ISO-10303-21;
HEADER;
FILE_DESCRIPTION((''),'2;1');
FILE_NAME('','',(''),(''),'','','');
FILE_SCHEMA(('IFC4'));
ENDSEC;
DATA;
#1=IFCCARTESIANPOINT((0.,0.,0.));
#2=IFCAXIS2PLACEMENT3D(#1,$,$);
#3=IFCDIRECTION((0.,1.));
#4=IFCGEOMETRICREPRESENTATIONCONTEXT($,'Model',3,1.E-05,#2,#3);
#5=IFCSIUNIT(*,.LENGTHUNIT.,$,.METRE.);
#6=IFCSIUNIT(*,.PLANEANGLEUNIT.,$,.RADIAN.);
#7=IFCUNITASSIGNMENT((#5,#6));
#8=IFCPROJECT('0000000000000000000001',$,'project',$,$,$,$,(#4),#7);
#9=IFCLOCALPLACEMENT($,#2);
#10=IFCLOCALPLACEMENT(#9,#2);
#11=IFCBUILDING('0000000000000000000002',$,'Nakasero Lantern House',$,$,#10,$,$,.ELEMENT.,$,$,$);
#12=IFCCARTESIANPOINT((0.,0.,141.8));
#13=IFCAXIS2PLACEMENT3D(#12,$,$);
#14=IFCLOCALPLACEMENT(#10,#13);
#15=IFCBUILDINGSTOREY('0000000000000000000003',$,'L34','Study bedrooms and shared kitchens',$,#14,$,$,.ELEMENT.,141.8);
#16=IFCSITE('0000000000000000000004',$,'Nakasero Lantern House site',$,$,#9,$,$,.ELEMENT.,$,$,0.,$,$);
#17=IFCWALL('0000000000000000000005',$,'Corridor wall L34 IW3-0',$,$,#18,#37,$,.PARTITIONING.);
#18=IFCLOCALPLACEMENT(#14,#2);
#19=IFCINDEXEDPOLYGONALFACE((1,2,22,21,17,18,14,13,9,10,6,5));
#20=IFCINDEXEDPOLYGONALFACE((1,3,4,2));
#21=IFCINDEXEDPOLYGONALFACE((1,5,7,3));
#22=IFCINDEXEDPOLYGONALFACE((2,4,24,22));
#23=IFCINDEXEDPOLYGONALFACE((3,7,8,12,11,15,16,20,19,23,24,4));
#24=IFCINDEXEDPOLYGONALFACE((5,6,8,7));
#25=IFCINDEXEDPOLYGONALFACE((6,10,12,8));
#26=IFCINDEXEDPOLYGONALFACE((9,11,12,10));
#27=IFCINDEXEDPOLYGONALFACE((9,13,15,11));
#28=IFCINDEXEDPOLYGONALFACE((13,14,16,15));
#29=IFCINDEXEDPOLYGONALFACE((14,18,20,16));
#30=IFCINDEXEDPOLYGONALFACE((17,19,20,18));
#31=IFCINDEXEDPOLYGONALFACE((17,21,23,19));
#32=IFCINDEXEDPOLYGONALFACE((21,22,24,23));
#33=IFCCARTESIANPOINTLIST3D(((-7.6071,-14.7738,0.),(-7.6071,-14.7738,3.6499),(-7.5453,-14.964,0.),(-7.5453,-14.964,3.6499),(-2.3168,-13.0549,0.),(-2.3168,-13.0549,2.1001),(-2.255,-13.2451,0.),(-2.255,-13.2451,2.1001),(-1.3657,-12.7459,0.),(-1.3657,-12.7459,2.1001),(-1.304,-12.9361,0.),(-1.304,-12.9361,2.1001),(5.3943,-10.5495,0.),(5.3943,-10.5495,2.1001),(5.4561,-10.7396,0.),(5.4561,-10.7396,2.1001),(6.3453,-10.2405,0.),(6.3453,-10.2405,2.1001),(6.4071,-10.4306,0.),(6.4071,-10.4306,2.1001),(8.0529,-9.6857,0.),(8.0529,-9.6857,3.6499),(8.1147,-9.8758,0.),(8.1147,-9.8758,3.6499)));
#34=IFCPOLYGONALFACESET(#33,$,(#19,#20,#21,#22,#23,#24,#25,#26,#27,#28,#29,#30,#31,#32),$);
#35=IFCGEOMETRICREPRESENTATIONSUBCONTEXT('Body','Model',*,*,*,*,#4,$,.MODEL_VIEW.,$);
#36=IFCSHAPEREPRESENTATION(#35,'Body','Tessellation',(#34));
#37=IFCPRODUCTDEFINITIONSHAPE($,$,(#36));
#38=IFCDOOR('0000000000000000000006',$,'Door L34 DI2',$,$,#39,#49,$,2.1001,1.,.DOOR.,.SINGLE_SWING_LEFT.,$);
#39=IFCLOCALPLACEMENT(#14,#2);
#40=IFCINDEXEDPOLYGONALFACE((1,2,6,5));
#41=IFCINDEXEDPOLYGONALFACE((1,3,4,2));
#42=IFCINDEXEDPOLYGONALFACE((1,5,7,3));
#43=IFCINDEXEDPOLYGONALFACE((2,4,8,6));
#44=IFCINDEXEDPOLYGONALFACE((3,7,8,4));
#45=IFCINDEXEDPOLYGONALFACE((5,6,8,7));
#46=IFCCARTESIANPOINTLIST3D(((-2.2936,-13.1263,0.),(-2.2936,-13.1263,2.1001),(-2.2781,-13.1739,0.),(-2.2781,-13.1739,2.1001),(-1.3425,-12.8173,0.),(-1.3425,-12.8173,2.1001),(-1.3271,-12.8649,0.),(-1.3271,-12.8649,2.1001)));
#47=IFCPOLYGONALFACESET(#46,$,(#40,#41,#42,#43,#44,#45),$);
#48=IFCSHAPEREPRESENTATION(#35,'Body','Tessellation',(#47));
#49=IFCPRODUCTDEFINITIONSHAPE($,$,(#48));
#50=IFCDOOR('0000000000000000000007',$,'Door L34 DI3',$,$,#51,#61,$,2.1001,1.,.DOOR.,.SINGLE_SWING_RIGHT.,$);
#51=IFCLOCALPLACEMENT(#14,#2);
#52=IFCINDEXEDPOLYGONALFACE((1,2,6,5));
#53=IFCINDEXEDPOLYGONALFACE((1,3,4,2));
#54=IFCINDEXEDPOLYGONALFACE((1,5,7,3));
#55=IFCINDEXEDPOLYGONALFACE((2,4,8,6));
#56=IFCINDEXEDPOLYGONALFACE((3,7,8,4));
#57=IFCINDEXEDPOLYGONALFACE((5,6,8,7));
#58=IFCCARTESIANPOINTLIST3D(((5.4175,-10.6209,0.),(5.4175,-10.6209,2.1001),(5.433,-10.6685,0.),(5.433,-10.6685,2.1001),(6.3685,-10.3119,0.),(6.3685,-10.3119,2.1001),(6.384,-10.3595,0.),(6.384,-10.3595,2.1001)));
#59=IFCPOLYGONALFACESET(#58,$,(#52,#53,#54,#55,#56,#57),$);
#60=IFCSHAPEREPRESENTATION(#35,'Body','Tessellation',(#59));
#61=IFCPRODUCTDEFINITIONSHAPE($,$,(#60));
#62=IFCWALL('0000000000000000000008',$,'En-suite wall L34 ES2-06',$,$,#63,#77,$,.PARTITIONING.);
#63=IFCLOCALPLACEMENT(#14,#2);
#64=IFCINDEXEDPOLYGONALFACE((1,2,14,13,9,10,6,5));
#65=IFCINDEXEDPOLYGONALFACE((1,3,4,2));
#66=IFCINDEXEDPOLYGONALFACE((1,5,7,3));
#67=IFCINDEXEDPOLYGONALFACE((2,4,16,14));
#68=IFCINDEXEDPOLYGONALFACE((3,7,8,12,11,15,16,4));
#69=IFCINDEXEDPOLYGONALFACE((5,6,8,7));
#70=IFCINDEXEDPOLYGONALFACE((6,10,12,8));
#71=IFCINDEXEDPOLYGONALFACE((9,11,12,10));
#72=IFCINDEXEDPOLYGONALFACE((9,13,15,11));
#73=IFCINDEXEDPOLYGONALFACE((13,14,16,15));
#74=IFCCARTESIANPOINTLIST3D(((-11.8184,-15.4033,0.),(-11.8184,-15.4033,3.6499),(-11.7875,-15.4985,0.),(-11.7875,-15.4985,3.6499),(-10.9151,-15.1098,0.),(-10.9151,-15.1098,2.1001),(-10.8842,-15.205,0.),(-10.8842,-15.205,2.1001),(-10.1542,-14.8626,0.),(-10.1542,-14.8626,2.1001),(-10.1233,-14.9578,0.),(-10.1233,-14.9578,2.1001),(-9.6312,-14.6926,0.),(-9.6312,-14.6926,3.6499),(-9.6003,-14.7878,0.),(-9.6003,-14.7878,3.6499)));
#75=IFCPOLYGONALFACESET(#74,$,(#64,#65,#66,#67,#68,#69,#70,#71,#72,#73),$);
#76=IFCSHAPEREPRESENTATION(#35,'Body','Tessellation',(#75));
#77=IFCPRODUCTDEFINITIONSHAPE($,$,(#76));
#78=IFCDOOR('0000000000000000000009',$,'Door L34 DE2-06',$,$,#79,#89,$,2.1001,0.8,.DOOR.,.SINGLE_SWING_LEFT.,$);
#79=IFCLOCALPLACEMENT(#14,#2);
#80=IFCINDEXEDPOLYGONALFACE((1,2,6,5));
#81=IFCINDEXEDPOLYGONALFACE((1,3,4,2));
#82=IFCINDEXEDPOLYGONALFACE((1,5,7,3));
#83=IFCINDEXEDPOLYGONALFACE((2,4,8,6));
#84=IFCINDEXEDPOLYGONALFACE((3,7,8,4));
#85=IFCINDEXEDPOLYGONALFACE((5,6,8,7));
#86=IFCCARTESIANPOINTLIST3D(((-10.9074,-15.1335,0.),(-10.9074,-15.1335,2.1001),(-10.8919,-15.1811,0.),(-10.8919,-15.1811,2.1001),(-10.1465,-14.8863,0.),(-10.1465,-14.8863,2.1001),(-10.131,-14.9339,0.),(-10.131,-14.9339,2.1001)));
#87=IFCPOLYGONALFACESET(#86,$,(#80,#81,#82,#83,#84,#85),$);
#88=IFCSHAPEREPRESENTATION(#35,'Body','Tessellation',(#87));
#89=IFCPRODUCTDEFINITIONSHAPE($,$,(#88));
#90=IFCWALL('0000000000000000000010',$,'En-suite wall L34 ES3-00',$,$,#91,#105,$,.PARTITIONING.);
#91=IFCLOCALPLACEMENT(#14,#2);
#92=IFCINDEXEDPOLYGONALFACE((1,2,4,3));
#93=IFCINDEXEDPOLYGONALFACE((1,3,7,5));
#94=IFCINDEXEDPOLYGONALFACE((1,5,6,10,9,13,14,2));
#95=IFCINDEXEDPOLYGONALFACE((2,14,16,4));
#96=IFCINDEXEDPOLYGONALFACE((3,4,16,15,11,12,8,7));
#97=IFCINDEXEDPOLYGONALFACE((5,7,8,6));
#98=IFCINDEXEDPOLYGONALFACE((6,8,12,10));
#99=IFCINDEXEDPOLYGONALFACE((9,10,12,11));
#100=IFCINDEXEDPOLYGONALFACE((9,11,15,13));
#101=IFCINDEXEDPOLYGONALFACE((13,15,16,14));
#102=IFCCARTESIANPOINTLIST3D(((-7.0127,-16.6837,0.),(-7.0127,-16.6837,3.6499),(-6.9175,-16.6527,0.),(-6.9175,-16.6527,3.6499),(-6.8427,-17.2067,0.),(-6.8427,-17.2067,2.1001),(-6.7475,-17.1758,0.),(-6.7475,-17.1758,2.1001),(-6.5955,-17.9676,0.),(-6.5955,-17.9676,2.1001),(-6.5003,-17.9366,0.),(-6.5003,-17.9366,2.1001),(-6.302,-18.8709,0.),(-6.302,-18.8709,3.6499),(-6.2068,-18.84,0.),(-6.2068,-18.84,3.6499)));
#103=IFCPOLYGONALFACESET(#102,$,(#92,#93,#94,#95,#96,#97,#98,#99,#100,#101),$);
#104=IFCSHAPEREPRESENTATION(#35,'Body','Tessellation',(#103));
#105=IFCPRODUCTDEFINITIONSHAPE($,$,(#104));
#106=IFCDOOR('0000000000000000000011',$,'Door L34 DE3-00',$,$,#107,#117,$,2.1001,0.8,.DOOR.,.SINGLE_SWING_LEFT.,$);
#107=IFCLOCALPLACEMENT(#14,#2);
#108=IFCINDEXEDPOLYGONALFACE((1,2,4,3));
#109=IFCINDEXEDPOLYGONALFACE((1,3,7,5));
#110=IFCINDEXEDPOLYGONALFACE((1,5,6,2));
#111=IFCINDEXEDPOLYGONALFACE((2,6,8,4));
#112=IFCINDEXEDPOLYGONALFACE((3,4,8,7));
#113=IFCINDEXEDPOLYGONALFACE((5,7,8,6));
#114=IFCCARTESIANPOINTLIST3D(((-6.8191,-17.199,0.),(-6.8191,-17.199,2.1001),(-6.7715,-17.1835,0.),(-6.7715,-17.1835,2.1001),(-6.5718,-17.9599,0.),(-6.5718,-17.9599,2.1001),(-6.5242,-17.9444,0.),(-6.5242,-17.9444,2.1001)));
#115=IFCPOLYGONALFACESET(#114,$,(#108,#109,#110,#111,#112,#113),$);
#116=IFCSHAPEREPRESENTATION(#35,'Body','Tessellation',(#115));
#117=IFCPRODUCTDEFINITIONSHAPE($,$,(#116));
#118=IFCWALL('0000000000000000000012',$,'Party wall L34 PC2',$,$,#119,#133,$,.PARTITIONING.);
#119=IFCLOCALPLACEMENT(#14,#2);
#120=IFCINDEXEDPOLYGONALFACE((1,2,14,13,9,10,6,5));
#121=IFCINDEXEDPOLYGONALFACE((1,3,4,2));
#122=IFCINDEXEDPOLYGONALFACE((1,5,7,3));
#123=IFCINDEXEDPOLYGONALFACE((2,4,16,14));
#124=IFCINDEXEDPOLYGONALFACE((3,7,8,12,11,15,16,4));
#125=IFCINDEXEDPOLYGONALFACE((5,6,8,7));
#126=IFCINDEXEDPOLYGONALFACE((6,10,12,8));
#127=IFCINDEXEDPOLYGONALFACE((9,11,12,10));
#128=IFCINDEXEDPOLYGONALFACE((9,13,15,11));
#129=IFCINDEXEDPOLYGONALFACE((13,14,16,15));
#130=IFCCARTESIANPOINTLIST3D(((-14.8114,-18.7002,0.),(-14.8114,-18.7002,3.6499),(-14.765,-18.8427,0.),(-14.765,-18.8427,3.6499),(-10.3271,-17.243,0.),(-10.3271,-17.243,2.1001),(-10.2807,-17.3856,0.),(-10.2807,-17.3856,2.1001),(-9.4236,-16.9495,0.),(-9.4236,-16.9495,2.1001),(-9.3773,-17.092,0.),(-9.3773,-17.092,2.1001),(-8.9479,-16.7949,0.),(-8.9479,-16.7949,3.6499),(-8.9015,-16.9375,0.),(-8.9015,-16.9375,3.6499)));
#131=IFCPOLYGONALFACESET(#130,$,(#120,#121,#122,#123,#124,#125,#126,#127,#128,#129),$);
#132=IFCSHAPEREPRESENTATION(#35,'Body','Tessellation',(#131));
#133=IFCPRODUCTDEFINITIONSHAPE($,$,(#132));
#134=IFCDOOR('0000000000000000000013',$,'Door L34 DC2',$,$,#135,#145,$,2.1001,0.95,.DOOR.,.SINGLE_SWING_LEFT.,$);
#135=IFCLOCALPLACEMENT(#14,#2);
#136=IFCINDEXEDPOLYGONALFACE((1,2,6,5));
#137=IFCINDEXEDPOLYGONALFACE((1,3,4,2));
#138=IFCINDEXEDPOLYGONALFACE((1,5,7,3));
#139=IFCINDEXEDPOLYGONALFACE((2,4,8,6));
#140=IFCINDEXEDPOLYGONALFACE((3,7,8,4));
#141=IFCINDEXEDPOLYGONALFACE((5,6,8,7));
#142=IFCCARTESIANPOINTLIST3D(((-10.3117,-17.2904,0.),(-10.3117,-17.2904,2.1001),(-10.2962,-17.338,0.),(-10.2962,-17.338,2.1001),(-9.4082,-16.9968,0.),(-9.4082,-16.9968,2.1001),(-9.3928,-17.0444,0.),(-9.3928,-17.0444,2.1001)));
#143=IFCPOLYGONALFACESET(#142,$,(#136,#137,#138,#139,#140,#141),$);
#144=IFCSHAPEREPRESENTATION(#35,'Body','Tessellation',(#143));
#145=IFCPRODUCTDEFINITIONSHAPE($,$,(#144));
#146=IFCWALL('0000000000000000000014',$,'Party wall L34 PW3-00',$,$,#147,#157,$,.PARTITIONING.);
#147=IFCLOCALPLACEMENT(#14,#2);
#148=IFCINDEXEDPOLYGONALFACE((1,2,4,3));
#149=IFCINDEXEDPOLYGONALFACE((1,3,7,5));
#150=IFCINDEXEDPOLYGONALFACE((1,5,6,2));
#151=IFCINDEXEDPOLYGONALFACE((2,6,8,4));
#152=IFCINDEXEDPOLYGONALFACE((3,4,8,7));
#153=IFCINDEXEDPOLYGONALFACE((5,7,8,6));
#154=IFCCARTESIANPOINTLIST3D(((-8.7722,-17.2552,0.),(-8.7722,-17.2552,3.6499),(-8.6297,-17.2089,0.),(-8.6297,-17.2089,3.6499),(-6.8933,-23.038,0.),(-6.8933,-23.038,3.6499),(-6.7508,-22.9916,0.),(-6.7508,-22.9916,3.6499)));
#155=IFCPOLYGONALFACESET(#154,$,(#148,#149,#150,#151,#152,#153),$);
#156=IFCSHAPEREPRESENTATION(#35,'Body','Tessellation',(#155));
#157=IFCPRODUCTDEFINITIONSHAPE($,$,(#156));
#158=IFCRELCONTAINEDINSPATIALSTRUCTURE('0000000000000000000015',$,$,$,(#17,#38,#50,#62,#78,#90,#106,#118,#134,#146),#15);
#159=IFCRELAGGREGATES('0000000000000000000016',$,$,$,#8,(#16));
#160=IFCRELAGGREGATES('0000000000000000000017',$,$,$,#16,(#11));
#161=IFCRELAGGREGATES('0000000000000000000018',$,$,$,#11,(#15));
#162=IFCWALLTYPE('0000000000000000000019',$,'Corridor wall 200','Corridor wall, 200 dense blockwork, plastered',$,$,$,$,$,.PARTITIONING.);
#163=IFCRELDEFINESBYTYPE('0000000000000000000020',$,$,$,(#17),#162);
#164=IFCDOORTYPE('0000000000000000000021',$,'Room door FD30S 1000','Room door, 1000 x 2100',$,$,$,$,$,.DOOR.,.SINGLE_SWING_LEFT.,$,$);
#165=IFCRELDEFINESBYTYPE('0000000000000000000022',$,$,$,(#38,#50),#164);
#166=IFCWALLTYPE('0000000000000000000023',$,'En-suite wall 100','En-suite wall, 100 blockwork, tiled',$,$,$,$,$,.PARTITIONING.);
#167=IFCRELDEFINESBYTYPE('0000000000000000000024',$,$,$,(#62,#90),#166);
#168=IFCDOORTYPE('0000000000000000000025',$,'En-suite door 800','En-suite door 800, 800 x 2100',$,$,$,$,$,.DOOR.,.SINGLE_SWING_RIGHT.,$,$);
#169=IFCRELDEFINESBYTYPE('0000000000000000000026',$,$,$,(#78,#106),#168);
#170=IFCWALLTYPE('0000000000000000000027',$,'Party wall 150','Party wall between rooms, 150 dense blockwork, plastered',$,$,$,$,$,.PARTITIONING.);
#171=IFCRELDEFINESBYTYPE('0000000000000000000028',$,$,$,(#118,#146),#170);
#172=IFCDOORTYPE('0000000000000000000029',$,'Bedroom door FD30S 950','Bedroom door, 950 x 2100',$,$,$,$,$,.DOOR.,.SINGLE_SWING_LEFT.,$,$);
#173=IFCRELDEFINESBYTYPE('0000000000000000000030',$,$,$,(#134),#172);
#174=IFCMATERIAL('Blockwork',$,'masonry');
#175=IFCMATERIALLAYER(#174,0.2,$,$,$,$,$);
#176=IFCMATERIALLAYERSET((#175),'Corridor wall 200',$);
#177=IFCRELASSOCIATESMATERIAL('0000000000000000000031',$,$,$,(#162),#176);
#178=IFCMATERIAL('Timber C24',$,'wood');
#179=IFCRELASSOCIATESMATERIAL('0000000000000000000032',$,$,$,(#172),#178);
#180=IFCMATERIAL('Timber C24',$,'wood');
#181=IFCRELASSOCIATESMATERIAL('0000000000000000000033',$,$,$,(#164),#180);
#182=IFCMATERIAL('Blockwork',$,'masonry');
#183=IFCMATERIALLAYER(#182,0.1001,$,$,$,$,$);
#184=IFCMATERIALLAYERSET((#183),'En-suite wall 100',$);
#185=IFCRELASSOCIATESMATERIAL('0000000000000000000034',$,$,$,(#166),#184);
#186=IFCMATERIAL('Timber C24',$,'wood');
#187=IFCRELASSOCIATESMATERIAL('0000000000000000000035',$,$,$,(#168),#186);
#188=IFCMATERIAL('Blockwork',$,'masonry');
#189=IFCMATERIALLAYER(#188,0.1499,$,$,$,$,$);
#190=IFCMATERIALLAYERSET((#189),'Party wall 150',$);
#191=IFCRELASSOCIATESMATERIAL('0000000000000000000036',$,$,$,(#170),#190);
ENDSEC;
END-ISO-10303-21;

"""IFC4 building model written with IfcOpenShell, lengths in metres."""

from ifc_helpers import new_model, si_unit, direction, frame, frame_2d, origin, place, context, subcontext, project, spatial, rectangle, extrude, material, layer, layer_set, type_object, element, fill, save


model = new_model("IFC4")

# Units and contexts
model_context = context("Model", 3, precision=1e-05, world=origin(), true_north=direction((0.0, 1.0)))
body_context = subcontext(model_context, "Body", "Model", "MODEL_VIEW")
ifc_project = project(units=[si_unit("LENGTHUNIT", "METRE"), si_unit("PLANEANGLEUNIT", "RADIAN")], contexts=[model_context])

# Site, building, storey
site_placement = place(None, origin())
site = spatial("IfcSite", under=ifc_project, at=site_placement, Name="Nakasero Lantern House site", CompositionType="ELEMENT", RefElevation=0.0)
building_placement = place(site_placement, origin())
building = spatial("IfcBuilding", under=site, at=building_placement, Name="Nakasero Lantern House", CompositionType="ELEMENT")
storey_placement = place(building_placement, frame((0.0, 0.0, 141.8)))
storey = spatial("IfcBuildingStorey", under=building, at=storey_placement, Name="L34", Description="Study bedrooms and shared kitchens", CompositionType="ELEMENT", Elevation=141.8)

# Shared definitions
ifc_material_1 = material(Name="Blockwork", Category="masonry")
ifc_layer_1 = layer(ifc_material_1, 0.2)
ifc_layer_set_1 = layer_set([ifc_layer_1], Name="Corridor wall 200")
wall_type_1 = type_object("IfcWallType", Name="Corridor wall 200", Description="Corridor wall, 200 dense blockwork, plastered", PredefinedType="PARTITIONING", material=ifc_layer_set_1)
ifc_material_2 = material(Name="Timber C24", Category="wood")
door_type_1 = type_object("IfcDoorType", Name="Bedroom door FD30S 950", Description="Bedroom door, 950 x 2100", OperationType="SINGLE_SWING_LEFT", PredefinedType="DOOR", material=ifc_material_2)

# Wall, openings, doors
wall_1_placement = place(storey_placement, frame((-7.5762, -14.8689, 0.0), z_axis=(0.0, 0.0, 1.0), x_axis=(0.951058, 0.309013, 0.0)))
wall_1 = element("IfcWall", 1, at=wall_1_placement, inside=storey, type_object=wall_type_1, Name="Corridor wall L34 IW3-0", PredefinedType="PARTITIONING", context=body_context, shape_type="SweptSolid", body=[
    extrude(rectangle(XDim=16.4658, YDim=0.2, at=frame_2d((8.2329, 0.0))), origin(), (0.0, 0.0, 1.0), 3.6499),
])
opening_1_placement = place(wall_1_placement, frame((5.5625, 0.0, 0.0)))
opening_1 = element("IfcOpeningElement", 2, at=opening_1_placement, cuts=wall_1, PredefinedType="OPENING", context=body_context, shape_type="SweptSolid", body=[
    extrude(rectangle(XDim=1.0, YDim=2.1001, at=frame_2d((0.5, 1.05))), frame((0.0, 0.1199, 0.0), z_axis=(0.0, -1.0, 0.0), x_axis=(1.0, 0.0, 0.0)), (0.0, 0.0, 1.0), 0.24),
])
opening_2_placement = place(wall_1_placement, frame((13.6704, 0.0, 0.0)))
opening_2 = element("IfcOpeningElement", 3, at=opening_2_placement, cuts=wall_1, PredefinedType="OPENING", context=body_context, shape_type="SweptSolid", body=[
    extrude(rectangle(XDim=1.0, YDim=2.1001, at=frame_2d((0.5, 1.05))), frame((0.0, 0.1199, 0.0), z_axis=(0.0, -1.0, 0.0), x_axis=(1.0, 0.0, 0.0)), (0.0, 0.0, 1.0), 0.24),
])
ifc_material_3 = material(Name="Timber C24", Category="wood")
door_type_2 = type_object("IfcDoorType", Name="Room door FD30S 1000", Description="Room door, 1000 x 2100", OperationType="SINGLE_SWING_LEFT", PredefinedType="DOOR", material=ifc_material_3)
door_1_placement = place(opening_1_placement, origin())
door_1 = element("IfcDoor", 4, at=door_1_placement, inside=storey, type_object=door_type_2, Name="Door L34 DI2", OperationType="SINGLE_SWING_LEFT", OverallHeight=2.1001, OverallWidth=1.0, PredefinedType="DOOR", context=body_context, shape_type="SweptSolid", body=[
    extrude(rectangle(XDim=1.0, YDim=2.1001, at=frame_2d((0.5, 1.05))), frame((0.0, 0.0249, 0.0), z_axis=(0.0, -1.0, 0.0), x_axis=(1.0, 0.0, 0.0)), (0.0, 0.0, 1.0), 0.05),
])
fill(opening_1, door_1)
door_2_placement = place(opening_2_placement, origin())
door_2 = element("IfcDoor", 5, at=door_2_placement, inside=storey, type_object=door_type_2, Name="Door L34 DI3", OperationType="SINGLE_SWING_RIGHT", OverallHeight=2.1001, OverallWidth=1.0, PredefinedType="DOOR", context=body_context, shape_type="SweptSolid", body=[
    extrude(rectangle(XDim=1.0, YDim=2.1001, at=frame_2d((0.5, 1.05))), frame((0.0, 0.0249, 0.0), z_axis=(0.0, -1.0, 0.0), x_axis=(1.0, 0.0, 0.0)), (0.0, 0.0, 1.0), 0.05),
])
fill(opening_2, door_2)

# Walls, openings, doors
ifc_material_4 = material(Name="Blockwork", Category="masonry")
ifc_layer_2 = layer(ifc_material_4, 0.1001)
ifc_layer_set_2 = layer_set([ifc_layer_2], Name="En-suite wall 100")
wall_type_2 = type_object("IfcWallType", Name="En-suite wall 100", Description="En-suite wall, 100 blockwork, tiled", PredefinedType="PARTITIONING", material=ifc_layer_set_2)
wall_2_placement = place(storey_placement, frame((-9.6157, -14.7402, 0.0), z_axis=(0.0, 0.0, 1.0), x_axis=(-0.951055, -0.309021, 0.0)))
wall_2 = element("IfcWall", 6, at=wall_2_placement, inside=storey, type_object=wall_type_2, Name="En-suite wall L34 ES2-06", PredefinedType="PARTITIONING", context=body_context, shape_type="SweptSolid", body=[
    extrude(rectangle(XDim=2.2998, YDim=0.1001, at=frame_2d((1.1499, 0.0))), origin(), (0.0, 0.0, 1.0), 3.6499),
])
opening_3_placement = place(wall_2_placement, frame((0.55, 0.0, 0.0)))
opening_3 = element("IfcOpeningElement", 7, at=opening_3_placement, cuts=wall_2, PredefinedType="OPENING", context=body_context, shape_type="SweptSolid", body=[
    extrude(rectangle(XDim=0.8, YDim=2.1001, at=frame_2d((0.3999, 1.05))), frame((0.0, 0.0701, 0.0), z_axis=(0.0, -1.0, 0.0), x_axis=(1.0, 0.0, 0.0)), (0.0, 0.0, 1.0), 0.1401),
])
ifc_material_5 = material(Name="Timber C24", Category="wood")
door_type_3 = type_object("IfcDoorType", Name="En-suite door 800", Description="En-suite door 800, 800 x 2100", OperationType="SINGLE_SWING_RIGHT", PredefinedType="DOOR", material=ifc_material_5)
door_3_placement = place(opening_3_placement, origin())
door_3 = element("IfcDoor", 8, at=door_3_placement, inside=storey, type_object=door_type_3, Name="Door L34 DE2-06", OperationType="SINGLE_SWING_LEFT", OverallHeight=2.1001, OverallWidth=0.8, PredefinedType="DOOR", context=body_context, shape_type="SweptSolid", body=[
    extrude(rectangle(XDim=0.8, YDim=2.1001, at=frame_2d((0.3999, 1.05))), frame((0.0, 0.0249, 0.0), z_axis=(0.0, -1.0, 0.0), x_axis=(1.0, 0.0, 0.0)), (0.0, 0.0, 1.0), 0.05),
])
fill(opening_3, door_3)
wall_3_placement = place(storey_placement, frame((-6.9651, -16.6682, 0.0), z_axis=(0.0, 0.0, 1.0), x_axis=(0.309021, -0.951055, 0.0)))
wall_3 = element("IfcWall", 9, at=wall_3_placement, inside=storey, type_object=wall_type_2, Name="En-suite wall L34 ES3-00", PredefinedType="PARTITIONING", context=body_context, shape_type="SweptSolid", body=[
    extrude(rectangle(XDim=2.2998, YDim=0.1001, at=frame_2d((1.1499, 0.0))), origin(), (0.0, 0.0, 1.0), 3.6499),
])
opening_4_placement = place(wall_3_placement, frame((0.55, 0.0, 0.0)))
opening_4 = element("IfcOpeningElement", 10, at=opening_4_placement, cuts=wall_3, PredefinedType="OPENING", context=body_context, shape_type="SweptSolid", body=[
    extrude(rectangle(XDim=0.8, YDim=2.1001, at=frame_2d((0.3999, 1.05))), frame((0.0, 0.0701, 0.0), z_axis=(0.0, -1.0, 0.0), x_axis=(1.0, 0.0, 0.0)), (0.0, 0.0, 1.0), 0.1401),
])
door_4_placement = place(opening_4_placement, origin())
door_4 = element("IfcDoor", 11, at=door_4_placement, inside=storey, type_object=door_type_3, Name="Door L34 DE3-00", OperationType="SINGLE_SWING_LEFT", OverallHeight=2.1001, OverallWidth=0.8, PredefinedType="DOOR", context=body_context, shape_type="SweptSolid", body=[
    extrude(rectangle(XDim=0.8, YDim=2.1001, at=frame_2d((0.3999, 1.05))), frame((0.0, 0.0249, 0.0), z_axis=(0.0, -1.0, 0.0), x_axis=(1.0, 0.0, 0.0)), (0.0, 0.0, 1.0), 0.05),
])
fill(opening_4, door_4)
ifc_material_6 = material(Name="Blockwork", Category="masonry")
ifc_layer_3 = layer(ifc_material_6, 0.1499)
ifc_layer_set_3 = layer_set([ifc_layer_3], Name="Party wall 150")
wall_type_3 = type_object("IfcWallType", Name="Party wall 150", Description="Party wall between rooms, 150 dense blockwork, plastered", PredefinedType="PARTITIONING", material=ifc_layer_set_3)
wall_4_placement = place(storey_placement, frame((-8.9248, -16.8662, 0.0), z_axis=(0.0, 0.0, 1.0), x_axis=(-0.951052, -0.309031, 0.0)))
wall_4 = element("IfcWall", 12, at=wall_4_placement, inside=storey, type_object=wall_type_3, Name="Party wall L34 PC2", PredefinedType="PARTITIONING", context=body_context, shape_type="SweptSolid", body=[
    extrude(rectangle(XDim=6.1653, YDim=0.1499, at=frame_2d((3.0825, 0.0))), origin(), (0.0, 0.0, 1.0), 3.6499),
])
opening_5_placement = place(wall_4_placement, frame((0.5, 0.0, 0.0)))
opening_5 = element("IfcOpeningElement", 13, at=opening_5_placement, cuts=wall_4, PredefinedType="OPENING", context=body_context, shape_type="SweptSolid", body=[
    extrude(rectangle(XDim=0.95, YDim=2.1001, at=frame_2d((0.4751, 1.05))), frame((0.0, 0.095, 0.0), z_axis=(0.0, -1.0, 0.0), x_axis=(1.0, 0.0, 0.0)), (0.0, 0.0, 1.0), 0.1899),
])
door_5_placement = place(opening_5_placement, origin())
door_5 = element("IfcDoor", 14, at=door_5_placement, inside=storey, type_object=door_type_1, Name="Door L34 DC2", OperationType="SINGLE_SWING_LEFT", OverallHeight=2.1001, OverallWidth=0.95, PredefinedType="DOOR", context=body_context, shape_type="SweptSolid", body=[
    extrude(rectangle(XDim=0.95, YDim=2.1001, at=frame_2d((0.4751, 1.05))), frame((0.0, 0.0249, 0.0), z_axis=(0.0, -1.0, 0.0), x_axis=(1.0, 0.0, 0.0)), (0.0, 0.0, 1.0), 0.05),
])
fill(opening_5, door_5)

# Wall
wall_5_placement = place(storey_placement, frame((-8.7009, -17.2322, 0.0), z_axis=(0.0, 0.0, 1.0), x_axis=(0.309015, -0.951057, 0.0)))
element("IfcWall", 15, at=wall_5_placement, inside=storey, type_object=wall_type_3, Name="Party wall L34 PW3-00", PredefinedType="PARTITIONING", context=body_context, shape_type="SweptSolid", body=[
    extrude(rectangle(XDim=6.0803, YDim=0.1499, at=frame_2d((3.04, 0.0))), origin(), (0.0, 0.0, 1.0), 3.6499),
])

save(model, "model.ifc")
